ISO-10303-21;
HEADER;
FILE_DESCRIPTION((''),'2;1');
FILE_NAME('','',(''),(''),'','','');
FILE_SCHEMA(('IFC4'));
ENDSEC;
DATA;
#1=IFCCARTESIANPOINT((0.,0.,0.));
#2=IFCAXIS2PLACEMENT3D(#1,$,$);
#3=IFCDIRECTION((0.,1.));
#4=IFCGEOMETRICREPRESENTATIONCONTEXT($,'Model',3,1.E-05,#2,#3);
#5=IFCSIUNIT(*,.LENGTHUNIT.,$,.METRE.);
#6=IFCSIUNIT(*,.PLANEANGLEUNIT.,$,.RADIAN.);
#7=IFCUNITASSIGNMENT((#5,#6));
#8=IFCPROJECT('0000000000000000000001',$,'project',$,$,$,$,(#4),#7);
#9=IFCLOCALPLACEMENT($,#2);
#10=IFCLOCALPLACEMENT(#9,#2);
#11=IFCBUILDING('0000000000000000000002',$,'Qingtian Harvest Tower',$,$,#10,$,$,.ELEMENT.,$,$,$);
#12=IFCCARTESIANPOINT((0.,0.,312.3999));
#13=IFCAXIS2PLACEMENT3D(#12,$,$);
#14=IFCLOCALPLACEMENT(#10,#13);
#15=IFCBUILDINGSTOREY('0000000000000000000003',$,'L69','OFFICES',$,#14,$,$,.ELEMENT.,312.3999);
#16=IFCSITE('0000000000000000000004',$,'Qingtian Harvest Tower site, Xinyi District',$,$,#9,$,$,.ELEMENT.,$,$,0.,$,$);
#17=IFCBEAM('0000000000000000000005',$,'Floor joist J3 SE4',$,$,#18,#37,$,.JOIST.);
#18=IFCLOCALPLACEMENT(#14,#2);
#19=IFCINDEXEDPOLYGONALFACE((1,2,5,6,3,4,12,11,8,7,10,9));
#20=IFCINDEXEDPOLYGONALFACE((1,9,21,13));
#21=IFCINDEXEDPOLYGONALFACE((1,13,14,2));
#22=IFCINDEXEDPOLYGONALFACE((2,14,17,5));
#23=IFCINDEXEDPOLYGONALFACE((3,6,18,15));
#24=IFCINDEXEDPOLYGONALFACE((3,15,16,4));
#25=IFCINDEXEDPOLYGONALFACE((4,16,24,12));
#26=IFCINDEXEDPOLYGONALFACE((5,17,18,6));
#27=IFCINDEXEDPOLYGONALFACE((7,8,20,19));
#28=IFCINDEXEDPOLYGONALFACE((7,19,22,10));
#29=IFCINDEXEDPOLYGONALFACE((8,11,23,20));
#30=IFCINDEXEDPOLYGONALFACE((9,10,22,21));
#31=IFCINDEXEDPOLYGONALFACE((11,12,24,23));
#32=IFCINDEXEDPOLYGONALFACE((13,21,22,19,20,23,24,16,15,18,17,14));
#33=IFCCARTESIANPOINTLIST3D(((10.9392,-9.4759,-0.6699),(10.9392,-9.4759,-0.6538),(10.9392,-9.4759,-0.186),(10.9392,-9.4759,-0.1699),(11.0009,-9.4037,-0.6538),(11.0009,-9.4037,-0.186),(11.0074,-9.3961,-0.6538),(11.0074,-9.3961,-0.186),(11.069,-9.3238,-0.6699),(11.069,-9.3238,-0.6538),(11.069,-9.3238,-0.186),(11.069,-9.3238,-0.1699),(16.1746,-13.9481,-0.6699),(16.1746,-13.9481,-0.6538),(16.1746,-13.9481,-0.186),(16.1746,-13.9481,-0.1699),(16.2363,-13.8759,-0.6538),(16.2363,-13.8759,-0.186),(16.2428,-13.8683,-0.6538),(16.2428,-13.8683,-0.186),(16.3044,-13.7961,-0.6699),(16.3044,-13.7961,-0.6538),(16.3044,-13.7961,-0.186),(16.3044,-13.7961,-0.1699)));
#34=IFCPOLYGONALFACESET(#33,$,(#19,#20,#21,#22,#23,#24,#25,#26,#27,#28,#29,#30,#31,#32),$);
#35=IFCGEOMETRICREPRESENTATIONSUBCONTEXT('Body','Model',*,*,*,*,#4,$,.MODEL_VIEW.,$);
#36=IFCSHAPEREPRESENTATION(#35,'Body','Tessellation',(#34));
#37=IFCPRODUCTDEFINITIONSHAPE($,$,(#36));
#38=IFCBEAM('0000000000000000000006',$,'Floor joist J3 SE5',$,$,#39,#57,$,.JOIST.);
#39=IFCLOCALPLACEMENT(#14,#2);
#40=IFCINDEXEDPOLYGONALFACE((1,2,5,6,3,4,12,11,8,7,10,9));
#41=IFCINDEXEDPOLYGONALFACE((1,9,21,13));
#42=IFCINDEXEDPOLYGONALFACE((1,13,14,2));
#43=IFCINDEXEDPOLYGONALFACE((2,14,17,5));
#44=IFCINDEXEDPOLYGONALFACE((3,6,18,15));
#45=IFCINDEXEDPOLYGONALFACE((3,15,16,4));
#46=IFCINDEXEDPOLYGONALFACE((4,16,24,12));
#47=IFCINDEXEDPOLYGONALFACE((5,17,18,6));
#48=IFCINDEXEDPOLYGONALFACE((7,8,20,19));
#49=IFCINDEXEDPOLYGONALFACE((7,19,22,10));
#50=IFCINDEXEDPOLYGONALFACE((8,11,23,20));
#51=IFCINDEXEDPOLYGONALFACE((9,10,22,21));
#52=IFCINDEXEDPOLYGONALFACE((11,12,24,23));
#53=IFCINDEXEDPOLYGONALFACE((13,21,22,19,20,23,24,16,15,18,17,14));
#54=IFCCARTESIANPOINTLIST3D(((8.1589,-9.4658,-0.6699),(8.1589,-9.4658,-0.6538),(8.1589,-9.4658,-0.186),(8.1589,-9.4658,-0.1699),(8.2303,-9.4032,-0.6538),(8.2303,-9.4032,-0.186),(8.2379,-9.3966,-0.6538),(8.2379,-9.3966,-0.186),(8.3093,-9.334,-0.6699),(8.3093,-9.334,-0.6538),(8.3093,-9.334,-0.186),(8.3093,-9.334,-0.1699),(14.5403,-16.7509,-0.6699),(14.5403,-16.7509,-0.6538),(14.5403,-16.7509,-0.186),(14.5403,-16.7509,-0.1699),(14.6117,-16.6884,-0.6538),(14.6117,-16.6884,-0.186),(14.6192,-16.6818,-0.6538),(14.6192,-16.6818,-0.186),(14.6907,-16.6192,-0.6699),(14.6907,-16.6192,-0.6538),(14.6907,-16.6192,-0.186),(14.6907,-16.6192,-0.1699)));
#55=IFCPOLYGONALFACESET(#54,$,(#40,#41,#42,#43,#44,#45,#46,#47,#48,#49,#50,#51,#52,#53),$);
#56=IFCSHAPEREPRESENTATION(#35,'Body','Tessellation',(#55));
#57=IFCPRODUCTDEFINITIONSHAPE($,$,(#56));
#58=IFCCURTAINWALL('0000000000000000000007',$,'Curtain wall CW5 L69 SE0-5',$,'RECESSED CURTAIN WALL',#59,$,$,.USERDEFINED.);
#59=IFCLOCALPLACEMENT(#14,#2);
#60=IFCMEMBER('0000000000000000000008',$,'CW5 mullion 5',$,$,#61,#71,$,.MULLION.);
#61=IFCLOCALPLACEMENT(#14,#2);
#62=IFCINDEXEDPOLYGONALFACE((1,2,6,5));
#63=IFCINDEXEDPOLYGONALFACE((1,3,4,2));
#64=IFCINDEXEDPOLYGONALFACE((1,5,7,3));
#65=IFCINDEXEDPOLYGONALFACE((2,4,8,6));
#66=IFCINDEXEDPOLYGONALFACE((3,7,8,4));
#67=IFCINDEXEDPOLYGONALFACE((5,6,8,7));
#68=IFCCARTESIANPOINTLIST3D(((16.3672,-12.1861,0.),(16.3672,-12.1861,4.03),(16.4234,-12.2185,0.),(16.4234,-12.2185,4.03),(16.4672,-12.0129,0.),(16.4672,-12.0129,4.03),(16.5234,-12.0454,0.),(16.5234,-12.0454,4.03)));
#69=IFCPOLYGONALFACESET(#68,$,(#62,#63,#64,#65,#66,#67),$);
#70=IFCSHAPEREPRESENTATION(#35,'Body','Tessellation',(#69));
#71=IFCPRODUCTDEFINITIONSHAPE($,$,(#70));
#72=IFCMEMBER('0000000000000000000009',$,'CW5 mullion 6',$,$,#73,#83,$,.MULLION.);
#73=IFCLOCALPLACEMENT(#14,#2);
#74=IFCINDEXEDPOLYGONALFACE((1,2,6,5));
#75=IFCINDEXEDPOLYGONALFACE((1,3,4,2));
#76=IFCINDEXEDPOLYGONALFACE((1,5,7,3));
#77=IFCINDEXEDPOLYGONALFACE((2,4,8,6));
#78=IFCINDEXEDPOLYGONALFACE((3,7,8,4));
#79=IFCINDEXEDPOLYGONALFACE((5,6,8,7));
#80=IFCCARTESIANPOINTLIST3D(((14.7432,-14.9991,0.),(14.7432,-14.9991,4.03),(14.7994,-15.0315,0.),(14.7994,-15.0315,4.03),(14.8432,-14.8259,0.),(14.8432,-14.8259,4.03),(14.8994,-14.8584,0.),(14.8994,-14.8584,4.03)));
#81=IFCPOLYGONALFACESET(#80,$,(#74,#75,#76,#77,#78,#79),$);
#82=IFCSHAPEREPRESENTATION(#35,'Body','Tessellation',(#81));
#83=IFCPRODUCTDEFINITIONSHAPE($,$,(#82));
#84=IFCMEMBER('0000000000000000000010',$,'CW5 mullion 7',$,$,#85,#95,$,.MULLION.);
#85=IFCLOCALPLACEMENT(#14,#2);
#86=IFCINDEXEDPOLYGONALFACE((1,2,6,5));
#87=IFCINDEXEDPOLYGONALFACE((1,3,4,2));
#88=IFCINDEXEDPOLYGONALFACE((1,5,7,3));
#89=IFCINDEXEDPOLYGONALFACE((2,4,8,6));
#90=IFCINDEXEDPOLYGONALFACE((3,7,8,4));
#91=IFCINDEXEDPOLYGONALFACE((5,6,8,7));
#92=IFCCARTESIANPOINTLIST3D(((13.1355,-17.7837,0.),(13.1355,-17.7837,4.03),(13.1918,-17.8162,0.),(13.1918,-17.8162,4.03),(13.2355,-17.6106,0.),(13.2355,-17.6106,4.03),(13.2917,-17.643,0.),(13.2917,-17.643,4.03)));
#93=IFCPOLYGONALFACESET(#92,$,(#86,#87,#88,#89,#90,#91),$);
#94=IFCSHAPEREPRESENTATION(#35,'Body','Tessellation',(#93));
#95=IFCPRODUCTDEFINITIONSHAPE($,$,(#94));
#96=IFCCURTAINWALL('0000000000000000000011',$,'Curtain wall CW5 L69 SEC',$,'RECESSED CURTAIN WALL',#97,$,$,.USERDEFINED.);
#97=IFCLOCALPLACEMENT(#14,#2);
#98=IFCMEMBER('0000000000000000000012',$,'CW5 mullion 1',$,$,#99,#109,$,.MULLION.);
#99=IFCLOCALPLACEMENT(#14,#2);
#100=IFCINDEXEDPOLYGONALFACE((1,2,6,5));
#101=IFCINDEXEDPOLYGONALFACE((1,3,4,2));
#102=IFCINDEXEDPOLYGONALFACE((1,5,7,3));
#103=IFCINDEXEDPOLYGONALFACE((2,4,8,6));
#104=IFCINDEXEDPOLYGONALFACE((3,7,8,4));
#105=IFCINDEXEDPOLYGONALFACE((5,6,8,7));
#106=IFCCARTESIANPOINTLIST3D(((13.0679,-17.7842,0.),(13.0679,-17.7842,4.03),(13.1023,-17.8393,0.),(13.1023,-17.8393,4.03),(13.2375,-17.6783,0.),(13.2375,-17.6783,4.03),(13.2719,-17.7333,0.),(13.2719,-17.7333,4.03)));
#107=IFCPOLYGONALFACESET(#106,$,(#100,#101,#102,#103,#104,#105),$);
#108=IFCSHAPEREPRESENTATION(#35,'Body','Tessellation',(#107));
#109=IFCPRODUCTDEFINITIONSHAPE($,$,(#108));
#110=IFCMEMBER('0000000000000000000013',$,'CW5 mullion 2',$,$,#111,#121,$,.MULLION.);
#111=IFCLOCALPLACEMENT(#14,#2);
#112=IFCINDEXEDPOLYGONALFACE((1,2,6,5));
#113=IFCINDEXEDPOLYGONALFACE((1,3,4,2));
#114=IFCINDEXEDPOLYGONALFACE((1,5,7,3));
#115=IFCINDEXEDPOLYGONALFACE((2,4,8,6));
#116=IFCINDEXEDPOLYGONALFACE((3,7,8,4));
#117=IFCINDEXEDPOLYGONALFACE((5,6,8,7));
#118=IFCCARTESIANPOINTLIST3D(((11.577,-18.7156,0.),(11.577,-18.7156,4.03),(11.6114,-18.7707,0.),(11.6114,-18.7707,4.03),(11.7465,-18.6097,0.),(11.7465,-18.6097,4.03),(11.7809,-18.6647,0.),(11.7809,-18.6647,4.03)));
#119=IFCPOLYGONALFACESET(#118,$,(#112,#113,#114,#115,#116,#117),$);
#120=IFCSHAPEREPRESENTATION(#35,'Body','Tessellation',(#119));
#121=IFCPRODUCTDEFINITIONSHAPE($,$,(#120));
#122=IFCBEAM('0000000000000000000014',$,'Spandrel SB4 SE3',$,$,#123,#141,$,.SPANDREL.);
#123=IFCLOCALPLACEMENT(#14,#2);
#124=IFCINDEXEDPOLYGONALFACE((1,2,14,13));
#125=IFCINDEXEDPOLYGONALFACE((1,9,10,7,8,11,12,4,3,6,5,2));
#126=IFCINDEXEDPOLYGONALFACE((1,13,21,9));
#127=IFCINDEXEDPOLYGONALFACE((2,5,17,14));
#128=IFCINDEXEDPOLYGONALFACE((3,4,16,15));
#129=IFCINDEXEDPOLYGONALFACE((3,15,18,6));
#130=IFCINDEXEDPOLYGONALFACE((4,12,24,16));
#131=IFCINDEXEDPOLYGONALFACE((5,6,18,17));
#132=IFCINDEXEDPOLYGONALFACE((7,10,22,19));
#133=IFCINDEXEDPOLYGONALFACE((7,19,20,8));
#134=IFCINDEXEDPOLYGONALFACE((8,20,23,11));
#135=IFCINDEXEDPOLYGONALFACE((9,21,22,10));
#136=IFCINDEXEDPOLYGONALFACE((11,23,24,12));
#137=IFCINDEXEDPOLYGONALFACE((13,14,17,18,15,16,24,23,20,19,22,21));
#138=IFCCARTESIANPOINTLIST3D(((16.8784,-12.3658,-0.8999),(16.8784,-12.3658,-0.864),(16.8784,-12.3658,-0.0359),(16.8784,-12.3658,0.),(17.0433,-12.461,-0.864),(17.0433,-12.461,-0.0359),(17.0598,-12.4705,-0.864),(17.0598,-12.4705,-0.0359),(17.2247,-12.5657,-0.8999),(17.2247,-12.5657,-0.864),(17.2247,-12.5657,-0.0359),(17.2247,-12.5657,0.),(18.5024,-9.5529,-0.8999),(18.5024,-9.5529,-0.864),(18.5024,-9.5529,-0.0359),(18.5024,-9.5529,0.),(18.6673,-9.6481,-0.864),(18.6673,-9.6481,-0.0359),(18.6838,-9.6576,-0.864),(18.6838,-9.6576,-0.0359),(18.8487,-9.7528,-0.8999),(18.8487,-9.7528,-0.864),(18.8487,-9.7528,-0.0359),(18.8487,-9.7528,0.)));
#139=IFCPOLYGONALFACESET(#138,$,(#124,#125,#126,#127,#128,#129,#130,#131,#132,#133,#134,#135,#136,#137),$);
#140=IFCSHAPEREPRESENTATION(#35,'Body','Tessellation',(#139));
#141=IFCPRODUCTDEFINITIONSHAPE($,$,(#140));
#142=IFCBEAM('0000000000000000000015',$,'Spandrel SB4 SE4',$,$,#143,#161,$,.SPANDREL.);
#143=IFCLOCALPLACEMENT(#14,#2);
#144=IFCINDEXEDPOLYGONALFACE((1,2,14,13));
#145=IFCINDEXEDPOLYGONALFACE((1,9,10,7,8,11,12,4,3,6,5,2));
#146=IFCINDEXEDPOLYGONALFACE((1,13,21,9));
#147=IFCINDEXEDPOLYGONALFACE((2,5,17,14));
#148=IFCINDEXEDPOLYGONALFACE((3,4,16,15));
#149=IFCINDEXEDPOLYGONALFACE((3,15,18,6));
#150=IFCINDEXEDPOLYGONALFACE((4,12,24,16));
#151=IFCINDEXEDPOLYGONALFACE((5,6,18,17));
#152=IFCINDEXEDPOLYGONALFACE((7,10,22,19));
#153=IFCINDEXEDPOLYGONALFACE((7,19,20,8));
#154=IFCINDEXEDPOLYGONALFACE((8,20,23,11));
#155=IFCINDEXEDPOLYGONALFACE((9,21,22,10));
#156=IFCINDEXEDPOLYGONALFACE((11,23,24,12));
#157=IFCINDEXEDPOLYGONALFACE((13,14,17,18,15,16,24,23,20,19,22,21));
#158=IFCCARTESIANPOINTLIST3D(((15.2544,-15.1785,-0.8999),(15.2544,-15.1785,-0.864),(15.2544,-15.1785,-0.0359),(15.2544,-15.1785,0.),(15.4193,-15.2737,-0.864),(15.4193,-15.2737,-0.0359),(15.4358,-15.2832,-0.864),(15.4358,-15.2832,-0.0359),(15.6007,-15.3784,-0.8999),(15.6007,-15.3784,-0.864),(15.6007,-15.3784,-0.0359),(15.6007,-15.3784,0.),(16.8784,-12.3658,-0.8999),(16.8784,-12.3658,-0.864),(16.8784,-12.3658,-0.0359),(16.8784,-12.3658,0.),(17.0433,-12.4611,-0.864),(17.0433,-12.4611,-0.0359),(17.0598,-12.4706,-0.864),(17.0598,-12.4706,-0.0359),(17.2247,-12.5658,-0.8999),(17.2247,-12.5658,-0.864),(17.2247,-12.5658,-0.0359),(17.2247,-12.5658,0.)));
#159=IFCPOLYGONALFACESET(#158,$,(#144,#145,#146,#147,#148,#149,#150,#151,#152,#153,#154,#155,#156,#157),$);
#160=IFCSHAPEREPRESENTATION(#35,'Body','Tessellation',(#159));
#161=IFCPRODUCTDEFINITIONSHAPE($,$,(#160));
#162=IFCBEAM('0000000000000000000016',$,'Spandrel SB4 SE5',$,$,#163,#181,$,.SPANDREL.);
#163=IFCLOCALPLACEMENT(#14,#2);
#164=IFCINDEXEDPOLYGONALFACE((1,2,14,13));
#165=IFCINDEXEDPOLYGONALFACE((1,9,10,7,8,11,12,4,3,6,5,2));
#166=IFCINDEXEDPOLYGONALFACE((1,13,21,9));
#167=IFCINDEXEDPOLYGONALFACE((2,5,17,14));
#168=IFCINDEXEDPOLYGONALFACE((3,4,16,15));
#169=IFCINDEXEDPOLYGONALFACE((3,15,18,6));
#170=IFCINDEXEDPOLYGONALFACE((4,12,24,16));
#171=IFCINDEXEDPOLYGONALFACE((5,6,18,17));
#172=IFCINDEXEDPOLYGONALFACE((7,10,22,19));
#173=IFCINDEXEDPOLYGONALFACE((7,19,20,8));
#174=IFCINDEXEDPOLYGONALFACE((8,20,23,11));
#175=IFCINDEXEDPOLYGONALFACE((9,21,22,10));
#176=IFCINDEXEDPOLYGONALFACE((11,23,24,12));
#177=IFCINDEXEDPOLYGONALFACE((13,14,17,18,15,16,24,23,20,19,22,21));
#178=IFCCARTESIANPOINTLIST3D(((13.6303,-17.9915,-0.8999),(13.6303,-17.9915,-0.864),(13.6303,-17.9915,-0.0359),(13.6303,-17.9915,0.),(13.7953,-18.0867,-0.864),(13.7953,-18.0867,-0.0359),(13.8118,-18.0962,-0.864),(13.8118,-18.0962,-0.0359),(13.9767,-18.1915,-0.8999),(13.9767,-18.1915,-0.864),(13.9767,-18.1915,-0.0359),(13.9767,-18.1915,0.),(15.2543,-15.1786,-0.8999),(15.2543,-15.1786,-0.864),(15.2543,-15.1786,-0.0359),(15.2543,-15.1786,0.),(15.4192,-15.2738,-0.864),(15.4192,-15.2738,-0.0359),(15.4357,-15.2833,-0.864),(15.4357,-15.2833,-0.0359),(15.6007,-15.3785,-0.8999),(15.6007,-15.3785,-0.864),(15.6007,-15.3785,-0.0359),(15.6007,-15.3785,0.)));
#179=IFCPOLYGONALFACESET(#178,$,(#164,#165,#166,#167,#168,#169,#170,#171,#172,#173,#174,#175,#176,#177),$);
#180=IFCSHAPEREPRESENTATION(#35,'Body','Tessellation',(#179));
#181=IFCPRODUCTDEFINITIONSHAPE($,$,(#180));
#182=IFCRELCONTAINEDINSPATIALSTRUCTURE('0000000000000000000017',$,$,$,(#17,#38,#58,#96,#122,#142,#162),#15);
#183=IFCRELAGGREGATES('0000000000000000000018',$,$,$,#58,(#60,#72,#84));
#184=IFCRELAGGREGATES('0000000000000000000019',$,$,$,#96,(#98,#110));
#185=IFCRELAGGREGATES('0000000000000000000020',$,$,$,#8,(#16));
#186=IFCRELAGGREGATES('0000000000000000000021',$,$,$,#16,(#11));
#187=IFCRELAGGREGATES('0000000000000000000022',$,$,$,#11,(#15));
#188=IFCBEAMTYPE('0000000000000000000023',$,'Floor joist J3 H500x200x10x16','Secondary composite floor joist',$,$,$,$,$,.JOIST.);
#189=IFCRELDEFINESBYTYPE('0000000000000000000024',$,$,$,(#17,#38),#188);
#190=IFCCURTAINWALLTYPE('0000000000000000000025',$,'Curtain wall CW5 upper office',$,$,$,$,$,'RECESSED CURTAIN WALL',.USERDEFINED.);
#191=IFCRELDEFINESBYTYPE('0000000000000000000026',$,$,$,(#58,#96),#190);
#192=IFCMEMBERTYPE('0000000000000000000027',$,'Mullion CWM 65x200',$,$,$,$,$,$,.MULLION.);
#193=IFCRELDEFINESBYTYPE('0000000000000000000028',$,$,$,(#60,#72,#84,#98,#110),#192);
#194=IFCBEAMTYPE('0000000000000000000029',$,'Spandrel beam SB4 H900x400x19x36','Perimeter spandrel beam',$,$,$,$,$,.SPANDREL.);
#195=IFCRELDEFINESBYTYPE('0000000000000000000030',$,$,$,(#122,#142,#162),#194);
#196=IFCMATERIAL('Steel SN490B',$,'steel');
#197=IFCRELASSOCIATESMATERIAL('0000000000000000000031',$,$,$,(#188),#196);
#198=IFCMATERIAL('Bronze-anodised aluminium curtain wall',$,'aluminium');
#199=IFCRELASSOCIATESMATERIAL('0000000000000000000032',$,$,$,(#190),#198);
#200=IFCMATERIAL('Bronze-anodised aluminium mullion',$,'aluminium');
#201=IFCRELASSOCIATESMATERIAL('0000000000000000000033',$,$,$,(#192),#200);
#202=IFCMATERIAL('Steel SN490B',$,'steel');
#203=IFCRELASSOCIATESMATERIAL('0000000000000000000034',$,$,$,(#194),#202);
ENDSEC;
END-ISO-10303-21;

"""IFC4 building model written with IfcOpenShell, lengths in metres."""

from ifc_helpers import new_model, si_unit, direction, frame, origin, origin_2d, place, context, subcontext, project, spatial, rectangle, i_section, extrude, material, material_profile, profile_set, type_object, element, aggregate, save


model = new_model("IFC4")

# Units and contexts
model_context = context("Model", 3, precision=1e-05, world=origin(), true_north=direction((0.0, 1.0)))
body_context = subcontext(model_context, "Body", "Model", "MODEL_VIEW")
ifc_project = project(units=[si_unit("LENGTHUNIT", "METRE"), si_unit("PLANEANGLEUNIT", "RADIAN")], contexts=[model_context])

# Site, building, storey
site_placement = place(None, origin())
site = spatial("IfcSite", under=ifc_project, at=site_placement, Name="Qingtian Harvest Tower site, Xinyi District", CompositionType="ELEMENT", RefElevation=0.0)
building_placement = place(site_placement, origin())
building = spatial("IfcBuilding", under=site, at=building_placement, Name="Qingtian Harvest Tower", CompositionType="ELEMENT")
storey_placement = place(building_placement, frame((0.0, 0.0, 312.3999)))
storey = spatial("IfcBuildingStorey", under=building, at=storey_placement, Name="L69", Description="OFFICES", CompositionType="ELEMENT", Elevation=312.3999)

# Beams
ifc_material_1 = material(Name="Steel SN490B", Category="steel")
ifc_material_profile_1 = material_profile(ifc_material_1, i_section(OverallWidth=0.2, OverallDepth=0.5, WebThickness=0.01, FlangeThickness=0.0161, at=origin_2d()), Name="H500x200x10x16")
ifc_profile_set_1 = profile_set([ifc_material_profile_1], Name="Steel SN490B")
beam_type_1 = type_object("IfcBeamType", Name="Floor joist J3 H500x200x10x16", Description="Secondary composite floor joist", PredefinedType="JOIST", material=ifc_profile_set_1)
beam_1_placement = place(storey_placement, frame((16.2395, -13.8721, -0.4199), z_axis=(-0.760352, 0.649511, 0.0), x_axis=(-0.649511, -0.760352, 0.0)))
element("IfcBeam", 1, at=beam_1_placement, inside=storey, type_object=beam_type_1, Name="Floor joist J3 SE4", PredefinedType="JOIST", context=body_context, shape_type="SweptSolid", body=[
    extrude(i_section(OverallWidth=0.2, OverallDepth=0.5, WebThickness=0.01, FlangeThickness=0.0161, at=origin_2d()), origin(), (0.0, 0.0, 1.0), 6.8855),
])
beam_2_placement = place(storey_placement, frame((14.6155, -16.6851, -0.4199), z_axis=(-0.658904, 0.752227, 0.0), x_axis=(-0.752227, -0.658904, 0.0)))
element("IfcBeam", 2, at=beam_2_placement, inside=storey, type_object=beam_type_1, Name="Floor joist J3 SE5", PredefinedType="JOIST", context=body_context, shape_type="SweptSolid", body=[
    extrude(i_section(OverallWidth=0.2, OverallDepth=0.5, WebThickness=0.01, FlangeThickness=0.0161, at=origin_2d()), origin(), (0.0, 0.0, 1.0), 9.6848),
])

# Curtain walls, members
ifc_material_2 = material(Name="Bronze-anodised aluminium curtain wall", Category="aluminium")
curtain_wall_type = type_object("IfcCurtainWallType", Name="Curtain wall CW5 upper office", ElementType="RECESSED CURTAIN WALL", PredefinedType="USERDEFINED", material=ifc_material_2)
curtain_wall_1_placement = place(storey_placement, origin())
curtain_wall_1 = element("IfcCurtainWall", 3, at=curtain_wall_1_placement, inside=storey, type_object=curtain_wall_type, Name="Curtain wall CW5 L69 SE0-5", ObjectType="RECESSED CURTAIN WALL", PredefinedType="USERDEFINED")
ifc_material_3 = material(Name="Bronze-anodised aluminium mullion", Category="aluminium")
ifc_material_profile_2 = material_profile(ifc_material_3, rectangle(XDim=0.0649, YDim=0.2, at=origin_2d()), Name="AL 65x200")
ifc_profile_set_2 = profile_set([ifc_material_profile_2], Name="Bronze-anodised aluminium mullion")
member_type_1 = type_object("IfcMemberType", Name="Mullion CWM 65x200", PredefinedType="MULLION", material=ifc_profile_set_2)
member_1_placement = place(storey_placement, frame((16.4453, -12.1157, 0.0), z_axis=(0.0, 0.0, 1.0), x_axis=(0.866025, -0.5, 0.0)))
member_1 = element("IfcMember", 4, at=member_1_placement, type_object=member_type_1, Name="CW5 mullion 5", PredefinedType="MULLION", context=body_context, shape_type="SweptSolid", body=[
    extrude(rectangle(XDim=0.0649, YDim=0.2, at=origin_2d()), origin(), (0.0, 0.0, 1.0), 4.03),
])
member_2_placement = place(storey_placement, frame((14.8213, -14.9287, 0.0), z_axis=(0.0, 0.0, 1.0), x_axis=(0.866025, -0.5, 0.0)))
member_2 = element("IfcMember", 5, at=member_2_placement, type_object=member_type_1, Name="CW5 mullion 6", PredefinedType="MULLION", context=body_context, shape_type="SweptSolid", body=[
    extrude(rectangle(XDim=0.0649, YDim=0.2, at=origin_2d()), origin(), (0.0, 0.0, 1.0), 4.03),
])
member_3_placement = place(storey_placement, frame((13.2136, -17.7134, 0.0), z_axis=(0.0, 0.0, 1.0), x_axis=(0.866025, -0.5, 0.0)))
member_3 = element("IfcMember", 6, at=member_3_placement, type_object=member_type_1, Name="CW5 mullion 7", PredefinedType="MULLION", context=body_context, shape_type="SweptSolid", body=[
    extrude(rectangle(XDim=0.0649, YDim=0.2, at=origin_2d()), origin(), (0.0, 0.0, 1.0), 4.03),
])
curtain_wall_2_placement = place(storey_placement, origin())
curtain_wall_2 = element("IfcCurtainWall", 7, at=curtain_wall_2_placement, inside=storey, type_object=curtain_wall_type, Name="Curtain wall CW5 L69 SEC", ObjectType="RECESSED CURTAIN WALL", PredefinedType="USERDEFINED")
member_4_placement = place(storey_placement, frame((13.1699, -17.7588, 0.0), z_axis=(0.0, 0.0, 1.0), x_axis=(0.529919, -0.848048, 0.0)))
member_4 = element("IfcMember", 8, at=member_4_placement, type_object=member_type_1, Name="CW5 mullion 1", PredefinedType="MULLION", context=body_context, shape_type="SweptSolid", body=[
    extrude(rectangle(XDim=0.0649, YDim=0.2, at=origin_2d()), origin(), (0.0, 0.0, 1.0), 4.03),
])
member_5_placement = place(storey_placement, frame((11.679, -18.6902, 0.0), z_axis=(0.0, 0.0, 1.0), x_axis=(0.529919, -0.848048, 0.0)))
member_5 = element("IfcMember", 9, at=member_5_placement, type_object=member_type_1, Name="CW5 mullion 2", PredefinedType="MULLION", context=body_context, shape_type="SweptSolid", body=[
    extrude(rectangle(XDim=0.0649, YDim=0.2, at=origin_2d()), origin(), (0.0, 0.0, 1.0), 4.03),
])

# Beams
ifc_material_4 = material(Name="Steel SN490B", Category="steel")
ifc_material_profile_3 = material_profile(ifc_material_4, i_section(OverallWidth=0.3999, OverallDepth=0.8999, WebThickness=0.019, FlangeThickness=0.0359, at=origin_2d()), Name="H900x400x19x36")
ifc_profile_set_3 = profile_set([ifc_material_profile_3], Name="Steel SN490B")
beam_type_2 = type_object("IfcBeamType", Name="Spandrel beam SB4 H900x400x19x36", Description="Perimeter spandrel beam", PredefinedType="SPANDREL", material=ifc_profile_set_3)
beam_3_placement = place(storey_placement, frame((18.6755, -9.6528, -0.45), z_axis=(-0.499987, -0.866033, 0.0), x_axis=(0.866033, -0.499987, 0.0)))
element("IfcBeam", 10, at=beam_3_placement, inside=storey, type_object=beam_type_2, Name="Spandrel SB4 SE3", PredefinedType="SPANDREL", context=body_context, shape_type="SweptSolid", body=[
    extrude(i_section(OverallWidth=0.3999, OverallDepth=0.8999, WebThickness=0.019, FlangeThickness=0.0359, at=origin_2d()), origin(), (0.0, 0.0, 1.0), 3.248),
])
beam_4_placement = place(storey_placement, frame((17.0515, -12.4658, -0.45), z_axis=(-0.50002, -0.866014, 0.0), x_axis=(0.866014, -0.50002, 0.0)))
element("IfcBeam", 11, at=beam_4_placement, inside=storey, type_object=beam_type_2, Name="Spandrel SB4 SE4", PredefinedType="SPANDREL", context=body_context, shape_type="SweptSolid", body=[
    extrude(i_section(OverallWidth=0.3999, OverallDepth=0.8999, WebThickness=0.019, FlangeThickness=0.0359, at=origin_2d()), origin(), (0.0, 0.0, 1.0), 3.2478),
])
beam_5_placement = place(storey_placement, frame((15.4275, -15.2786, -0.45), z_axis=(-0.499987, -0.866033, 0.0), x_axis=(0.866033, -0.499987, 0.0)))
element("IfcBeam", 12, at=beam_5_placement, inside=storey, type_object=beam_type_2, Name="Spandrel SB4 SE5", PredefinedType="SPANDREL", context=body_context, shape_type="SweptSolid", body=[
    extrude(i_section(OverallWidth=0.3999, OverallDepth=0.8999, WebThickness=0.019, FlangeThickness=0.0359, at=origin_2d()), origin(), (0.0, 0.0, 1.0), 3.248),
])

aggregate(curtain_wall_1, [member_1, member_2, member_3])
aggregate(curtain_wall_2, [member_4, member_5])

save(model, "model.ifc")
